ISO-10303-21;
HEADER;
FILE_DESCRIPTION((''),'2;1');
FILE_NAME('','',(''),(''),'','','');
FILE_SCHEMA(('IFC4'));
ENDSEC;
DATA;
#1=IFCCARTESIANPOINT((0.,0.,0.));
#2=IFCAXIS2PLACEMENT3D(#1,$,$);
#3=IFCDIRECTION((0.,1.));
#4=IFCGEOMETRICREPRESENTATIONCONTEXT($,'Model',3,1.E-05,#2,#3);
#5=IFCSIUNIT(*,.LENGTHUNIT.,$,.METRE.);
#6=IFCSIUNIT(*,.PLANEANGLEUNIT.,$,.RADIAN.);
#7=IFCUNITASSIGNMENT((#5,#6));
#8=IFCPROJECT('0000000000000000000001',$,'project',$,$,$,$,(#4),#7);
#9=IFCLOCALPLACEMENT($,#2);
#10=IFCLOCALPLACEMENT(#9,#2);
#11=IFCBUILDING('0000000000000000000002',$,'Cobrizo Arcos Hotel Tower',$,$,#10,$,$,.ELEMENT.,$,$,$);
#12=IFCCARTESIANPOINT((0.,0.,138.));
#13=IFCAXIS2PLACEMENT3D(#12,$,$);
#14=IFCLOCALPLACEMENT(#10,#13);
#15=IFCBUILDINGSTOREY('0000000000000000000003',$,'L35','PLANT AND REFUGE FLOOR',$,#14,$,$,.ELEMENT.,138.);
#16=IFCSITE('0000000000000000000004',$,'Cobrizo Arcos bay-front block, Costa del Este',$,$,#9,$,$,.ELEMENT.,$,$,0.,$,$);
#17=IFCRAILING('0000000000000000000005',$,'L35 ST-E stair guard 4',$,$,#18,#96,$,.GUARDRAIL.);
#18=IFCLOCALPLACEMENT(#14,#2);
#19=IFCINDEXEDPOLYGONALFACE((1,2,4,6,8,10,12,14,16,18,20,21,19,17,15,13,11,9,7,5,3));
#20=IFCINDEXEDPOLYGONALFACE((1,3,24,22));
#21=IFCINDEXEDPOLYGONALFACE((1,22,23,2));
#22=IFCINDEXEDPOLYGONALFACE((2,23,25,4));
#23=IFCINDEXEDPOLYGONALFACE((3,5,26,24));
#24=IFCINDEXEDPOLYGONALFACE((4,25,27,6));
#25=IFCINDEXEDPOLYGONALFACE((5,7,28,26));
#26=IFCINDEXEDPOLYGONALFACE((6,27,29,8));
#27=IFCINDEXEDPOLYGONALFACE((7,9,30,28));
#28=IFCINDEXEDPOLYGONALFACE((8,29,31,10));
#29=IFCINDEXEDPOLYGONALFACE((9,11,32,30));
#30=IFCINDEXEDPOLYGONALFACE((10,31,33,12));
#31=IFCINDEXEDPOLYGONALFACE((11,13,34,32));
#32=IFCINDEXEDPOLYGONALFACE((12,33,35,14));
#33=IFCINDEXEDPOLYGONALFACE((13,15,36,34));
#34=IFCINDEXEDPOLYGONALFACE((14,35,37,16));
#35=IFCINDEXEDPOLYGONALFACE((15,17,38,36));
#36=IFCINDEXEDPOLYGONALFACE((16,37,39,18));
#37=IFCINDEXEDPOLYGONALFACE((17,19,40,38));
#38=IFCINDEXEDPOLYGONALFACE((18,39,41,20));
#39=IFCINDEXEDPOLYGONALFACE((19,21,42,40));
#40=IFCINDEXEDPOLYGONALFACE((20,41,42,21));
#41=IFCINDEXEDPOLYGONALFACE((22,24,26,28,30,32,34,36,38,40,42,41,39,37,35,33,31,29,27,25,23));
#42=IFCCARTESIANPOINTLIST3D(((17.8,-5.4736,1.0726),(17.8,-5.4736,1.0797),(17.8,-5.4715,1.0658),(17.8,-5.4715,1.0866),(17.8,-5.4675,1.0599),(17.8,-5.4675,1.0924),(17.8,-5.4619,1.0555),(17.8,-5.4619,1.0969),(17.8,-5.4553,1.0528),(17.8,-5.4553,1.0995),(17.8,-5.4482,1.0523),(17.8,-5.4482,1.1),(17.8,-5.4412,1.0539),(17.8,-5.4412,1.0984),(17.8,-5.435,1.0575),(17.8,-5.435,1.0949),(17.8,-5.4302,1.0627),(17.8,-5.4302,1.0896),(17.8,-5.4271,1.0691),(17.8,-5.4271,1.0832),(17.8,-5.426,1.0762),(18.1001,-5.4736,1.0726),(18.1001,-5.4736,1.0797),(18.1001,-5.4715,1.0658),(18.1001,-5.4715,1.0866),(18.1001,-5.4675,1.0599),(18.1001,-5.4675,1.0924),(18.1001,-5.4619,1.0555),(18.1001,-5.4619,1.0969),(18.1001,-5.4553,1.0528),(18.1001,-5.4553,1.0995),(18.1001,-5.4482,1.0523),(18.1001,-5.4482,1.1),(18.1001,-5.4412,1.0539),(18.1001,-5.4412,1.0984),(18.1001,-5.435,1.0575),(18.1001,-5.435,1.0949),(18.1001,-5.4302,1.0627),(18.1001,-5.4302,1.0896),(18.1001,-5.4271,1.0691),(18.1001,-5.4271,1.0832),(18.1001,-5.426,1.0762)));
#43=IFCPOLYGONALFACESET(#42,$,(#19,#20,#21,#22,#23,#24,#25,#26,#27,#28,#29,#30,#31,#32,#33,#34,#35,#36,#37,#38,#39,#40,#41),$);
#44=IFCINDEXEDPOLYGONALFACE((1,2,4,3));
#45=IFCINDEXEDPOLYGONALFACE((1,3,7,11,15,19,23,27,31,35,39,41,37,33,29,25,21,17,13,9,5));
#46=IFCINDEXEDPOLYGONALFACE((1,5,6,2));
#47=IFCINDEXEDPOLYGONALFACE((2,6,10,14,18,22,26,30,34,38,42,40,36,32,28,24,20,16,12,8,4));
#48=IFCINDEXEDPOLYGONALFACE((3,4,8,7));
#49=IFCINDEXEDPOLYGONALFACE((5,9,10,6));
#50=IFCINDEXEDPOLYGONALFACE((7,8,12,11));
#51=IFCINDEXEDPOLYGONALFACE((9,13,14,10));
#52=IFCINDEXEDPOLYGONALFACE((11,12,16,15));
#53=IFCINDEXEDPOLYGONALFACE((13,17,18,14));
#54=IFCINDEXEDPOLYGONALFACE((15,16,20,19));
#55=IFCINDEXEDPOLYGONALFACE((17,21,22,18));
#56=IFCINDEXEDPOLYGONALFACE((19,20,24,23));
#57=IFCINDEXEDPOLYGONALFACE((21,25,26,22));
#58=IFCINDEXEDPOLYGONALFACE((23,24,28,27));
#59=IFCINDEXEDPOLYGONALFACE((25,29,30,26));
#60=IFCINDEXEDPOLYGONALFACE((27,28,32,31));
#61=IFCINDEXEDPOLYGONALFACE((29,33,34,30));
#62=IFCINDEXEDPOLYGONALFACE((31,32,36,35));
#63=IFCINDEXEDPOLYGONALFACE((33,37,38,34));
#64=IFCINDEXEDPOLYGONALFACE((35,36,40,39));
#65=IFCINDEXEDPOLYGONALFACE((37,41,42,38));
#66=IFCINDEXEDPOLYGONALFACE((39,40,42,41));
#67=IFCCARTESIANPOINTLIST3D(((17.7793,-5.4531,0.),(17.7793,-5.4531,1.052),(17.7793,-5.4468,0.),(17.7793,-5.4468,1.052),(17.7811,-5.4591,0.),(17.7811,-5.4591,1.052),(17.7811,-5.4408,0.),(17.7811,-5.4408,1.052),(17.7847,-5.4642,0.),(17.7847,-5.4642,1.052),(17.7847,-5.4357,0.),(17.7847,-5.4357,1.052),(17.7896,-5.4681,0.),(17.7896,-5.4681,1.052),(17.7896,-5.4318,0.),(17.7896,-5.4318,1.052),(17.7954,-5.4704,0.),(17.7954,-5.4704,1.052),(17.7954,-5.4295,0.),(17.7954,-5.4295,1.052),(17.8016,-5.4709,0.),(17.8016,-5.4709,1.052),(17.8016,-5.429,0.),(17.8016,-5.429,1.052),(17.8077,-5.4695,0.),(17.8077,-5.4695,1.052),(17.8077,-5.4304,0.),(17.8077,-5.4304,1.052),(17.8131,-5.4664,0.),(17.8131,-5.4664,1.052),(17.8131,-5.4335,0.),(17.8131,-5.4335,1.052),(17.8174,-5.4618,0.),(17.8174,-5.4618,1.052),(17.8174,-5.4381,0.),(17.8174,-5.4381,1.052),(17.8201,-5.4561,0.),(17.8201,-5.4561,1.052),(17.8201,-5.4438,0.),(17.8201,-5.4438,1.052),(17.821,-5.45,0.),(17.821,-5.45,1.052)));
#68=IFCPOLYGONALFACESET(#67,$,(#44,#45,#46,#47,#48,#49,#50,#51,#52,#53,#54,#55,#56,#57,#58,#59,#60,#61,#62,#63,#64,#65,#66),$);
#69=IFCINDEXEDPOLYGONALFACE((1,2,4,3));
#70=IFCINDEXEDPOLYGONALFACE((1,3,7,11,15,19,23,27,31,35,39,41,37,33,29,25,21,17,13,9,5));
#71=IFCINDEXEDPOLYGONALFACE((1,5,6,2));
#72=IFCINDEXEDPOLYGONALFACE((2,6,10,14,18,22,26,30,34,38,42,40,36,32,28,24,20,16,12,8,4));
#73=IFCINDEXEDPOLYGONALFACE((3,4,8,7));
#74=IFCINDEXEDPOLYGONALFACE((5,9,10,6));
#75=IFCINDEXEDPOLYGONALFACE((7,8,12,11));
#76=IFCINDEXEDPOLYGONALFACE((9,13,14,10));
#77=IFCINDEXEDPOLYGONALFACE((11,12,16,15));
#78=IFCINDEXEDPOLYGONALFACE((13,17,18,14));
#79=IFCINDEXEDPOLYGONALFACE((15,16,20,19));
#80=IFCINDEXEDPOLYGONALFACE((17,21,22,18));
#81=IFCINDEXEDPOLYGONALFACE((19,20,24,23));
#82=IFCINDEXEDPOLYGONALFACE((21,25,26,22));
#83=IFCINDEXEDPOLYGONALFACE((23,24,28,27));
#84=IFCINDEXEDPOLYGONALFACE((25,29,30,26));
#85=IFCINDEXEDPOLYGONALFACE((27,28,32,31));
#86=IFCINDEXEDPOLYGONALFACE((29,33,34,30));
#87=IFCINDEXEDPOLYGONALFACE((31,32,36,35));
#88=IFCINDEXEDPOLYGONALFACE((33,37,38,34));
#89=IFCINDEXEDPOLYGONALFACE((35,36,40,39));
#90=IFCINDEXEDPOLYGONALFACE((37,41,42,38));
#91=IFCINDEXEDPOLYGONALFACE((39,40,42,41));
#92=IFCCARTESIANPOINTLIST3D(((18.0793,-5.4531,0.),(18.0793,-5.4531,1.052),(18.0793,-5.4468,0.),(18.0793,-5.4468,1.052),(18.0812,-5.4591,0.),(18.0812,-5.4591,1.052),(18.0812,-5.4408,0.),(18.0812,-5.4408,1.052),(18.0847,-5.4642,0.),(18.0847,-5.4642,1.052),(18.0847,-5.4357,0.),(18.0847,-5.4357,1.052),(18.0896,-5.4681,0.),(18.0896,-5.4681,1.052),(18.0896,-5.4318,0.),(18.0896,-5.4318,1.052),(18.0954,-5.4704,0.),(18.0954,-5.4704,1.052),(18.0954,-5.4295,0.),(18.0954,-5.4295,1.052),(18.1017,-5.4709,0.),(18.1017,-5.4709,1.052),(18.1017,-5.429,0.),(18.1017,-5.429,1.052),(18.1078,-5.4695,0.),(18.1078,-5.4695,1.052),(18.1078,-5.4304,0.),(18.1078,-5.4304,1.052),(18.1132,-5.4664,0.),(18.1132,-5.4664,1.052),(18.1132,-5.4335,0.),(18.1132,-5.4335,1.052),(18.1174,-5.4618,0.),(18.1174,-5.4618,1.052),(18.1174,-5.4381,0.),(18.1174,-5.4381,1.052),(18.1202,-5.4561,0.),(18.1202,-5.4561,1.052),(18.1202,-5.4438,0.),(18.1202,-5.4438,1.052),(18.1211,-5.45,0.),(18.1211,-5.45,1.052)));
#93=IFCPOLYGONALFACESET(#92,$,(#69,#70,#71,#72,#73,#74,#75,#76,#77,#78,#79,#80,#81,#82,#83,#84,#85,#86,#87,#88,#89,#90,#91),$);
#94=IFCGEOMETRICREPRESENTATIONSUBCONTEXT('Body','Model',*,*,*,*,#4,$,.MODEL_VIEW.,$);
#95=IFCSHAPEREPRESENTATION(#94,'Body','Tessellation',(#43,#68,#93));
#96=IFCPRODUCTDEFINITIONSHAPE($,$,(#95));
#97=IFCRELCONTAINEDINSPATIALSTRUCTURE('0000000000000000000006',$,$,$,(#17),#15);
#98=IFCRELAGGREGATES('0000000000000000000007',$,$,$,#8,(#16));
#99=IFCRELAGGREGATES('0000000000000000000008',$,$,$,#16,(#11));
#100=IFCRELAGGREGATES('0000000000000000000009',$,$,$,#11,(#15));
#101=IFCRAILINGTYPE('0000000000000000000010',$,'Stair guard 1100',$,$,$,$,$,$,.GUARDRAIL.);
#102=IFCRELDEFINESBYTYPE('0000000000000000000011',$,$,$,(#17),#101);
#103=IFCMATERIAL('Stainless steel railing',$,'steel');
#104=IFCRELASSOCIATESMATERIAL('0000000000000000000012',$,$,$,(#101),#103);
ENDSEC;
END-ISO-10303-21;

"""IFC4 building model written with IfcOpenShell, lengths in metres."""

from ifc_helpers import new_model, si_unit, direction, frame, origin, origin_2d, place, context, subcontext, project, spatial, circle, extrude, material, type_object, element, save


model = new_model("IFC4")

# Units and contexts
model_context = context("Model", 3, precision=1e-05, world=origin(), true_north=direction((0.0, 1.0)))
body_context = subcontext(model_context, "Body", "Model", "MODEL_VIEW")
ifc_project = project(units=[si_unit("LENGTHUNIT", "METRE"), si_unit("PLANEANGLEUNIT", "RADIAN")], contexts=[model_context])

# Site, building, storey
site_placement = place(None, origin())
site = spatial("IfcSite", under=ifc_project, at=site_placement, Name="Cobrizo Arcos bay-front block, Costa del Este", CompositionType="ELEMENT", RefElevation=0.0)
building_placement = place(site_placement, origin())
building = spatial("IfcBuilding", under=site, at=building_placement, Name="Cobrizo Arcos Hotel Tower", CompositionType="ELEMENT")
storey_placement = place(building_placement, frame((0.0, 0.0, 138.0)))
storey = spatial("IfcBuildingStorey", under=building, at=storey_placement, Name="L35", Description="PLANT AND REFUGE FLOOR", CompositionType="ELEMENT", Elevation=138.0)

# Railing
ifc_material_1 = material(Name="Stainless steel railing", Category="steel")
railing_type_1 = type_object("IfcRailingType", Name="Stair guard 1100", PredefinedType="GUARDRAIL", material=ifc_material_1)
railing_1_placement = place(storey_placement, frame((17.8, -5.45, 0.0)))
element("IfcRailing", 1, at=railing_1_placement, inside=storey, type_object=railing_type_1, Name="L35 ST-E stair guard 4", PredefinedType="GUARDRAIL", context=body_context, shape_type="SweptSolid", body=[
    extrude(circle(Radius=0.0239, at=origin_2d()), frame((0.0, 0.0, 1.0762), z_axis=(1.0, 0.0, 0.0), x_axis=(0.0, 1.0, 0.0)), (0.0, 0.0, 1.0), 0.3),
    extrude(circle(Radius=0.021, at=origin_2d()), origin(), (0.0, 0.0, 1.0), 1.052),
    extrude(circle(Radius=0.021, at=origin_2d()), frame((0.3, 0.0, 0.0)), (0.0, 0.0, 1.0), 1.052),
])

save(model, "model.ifc")
